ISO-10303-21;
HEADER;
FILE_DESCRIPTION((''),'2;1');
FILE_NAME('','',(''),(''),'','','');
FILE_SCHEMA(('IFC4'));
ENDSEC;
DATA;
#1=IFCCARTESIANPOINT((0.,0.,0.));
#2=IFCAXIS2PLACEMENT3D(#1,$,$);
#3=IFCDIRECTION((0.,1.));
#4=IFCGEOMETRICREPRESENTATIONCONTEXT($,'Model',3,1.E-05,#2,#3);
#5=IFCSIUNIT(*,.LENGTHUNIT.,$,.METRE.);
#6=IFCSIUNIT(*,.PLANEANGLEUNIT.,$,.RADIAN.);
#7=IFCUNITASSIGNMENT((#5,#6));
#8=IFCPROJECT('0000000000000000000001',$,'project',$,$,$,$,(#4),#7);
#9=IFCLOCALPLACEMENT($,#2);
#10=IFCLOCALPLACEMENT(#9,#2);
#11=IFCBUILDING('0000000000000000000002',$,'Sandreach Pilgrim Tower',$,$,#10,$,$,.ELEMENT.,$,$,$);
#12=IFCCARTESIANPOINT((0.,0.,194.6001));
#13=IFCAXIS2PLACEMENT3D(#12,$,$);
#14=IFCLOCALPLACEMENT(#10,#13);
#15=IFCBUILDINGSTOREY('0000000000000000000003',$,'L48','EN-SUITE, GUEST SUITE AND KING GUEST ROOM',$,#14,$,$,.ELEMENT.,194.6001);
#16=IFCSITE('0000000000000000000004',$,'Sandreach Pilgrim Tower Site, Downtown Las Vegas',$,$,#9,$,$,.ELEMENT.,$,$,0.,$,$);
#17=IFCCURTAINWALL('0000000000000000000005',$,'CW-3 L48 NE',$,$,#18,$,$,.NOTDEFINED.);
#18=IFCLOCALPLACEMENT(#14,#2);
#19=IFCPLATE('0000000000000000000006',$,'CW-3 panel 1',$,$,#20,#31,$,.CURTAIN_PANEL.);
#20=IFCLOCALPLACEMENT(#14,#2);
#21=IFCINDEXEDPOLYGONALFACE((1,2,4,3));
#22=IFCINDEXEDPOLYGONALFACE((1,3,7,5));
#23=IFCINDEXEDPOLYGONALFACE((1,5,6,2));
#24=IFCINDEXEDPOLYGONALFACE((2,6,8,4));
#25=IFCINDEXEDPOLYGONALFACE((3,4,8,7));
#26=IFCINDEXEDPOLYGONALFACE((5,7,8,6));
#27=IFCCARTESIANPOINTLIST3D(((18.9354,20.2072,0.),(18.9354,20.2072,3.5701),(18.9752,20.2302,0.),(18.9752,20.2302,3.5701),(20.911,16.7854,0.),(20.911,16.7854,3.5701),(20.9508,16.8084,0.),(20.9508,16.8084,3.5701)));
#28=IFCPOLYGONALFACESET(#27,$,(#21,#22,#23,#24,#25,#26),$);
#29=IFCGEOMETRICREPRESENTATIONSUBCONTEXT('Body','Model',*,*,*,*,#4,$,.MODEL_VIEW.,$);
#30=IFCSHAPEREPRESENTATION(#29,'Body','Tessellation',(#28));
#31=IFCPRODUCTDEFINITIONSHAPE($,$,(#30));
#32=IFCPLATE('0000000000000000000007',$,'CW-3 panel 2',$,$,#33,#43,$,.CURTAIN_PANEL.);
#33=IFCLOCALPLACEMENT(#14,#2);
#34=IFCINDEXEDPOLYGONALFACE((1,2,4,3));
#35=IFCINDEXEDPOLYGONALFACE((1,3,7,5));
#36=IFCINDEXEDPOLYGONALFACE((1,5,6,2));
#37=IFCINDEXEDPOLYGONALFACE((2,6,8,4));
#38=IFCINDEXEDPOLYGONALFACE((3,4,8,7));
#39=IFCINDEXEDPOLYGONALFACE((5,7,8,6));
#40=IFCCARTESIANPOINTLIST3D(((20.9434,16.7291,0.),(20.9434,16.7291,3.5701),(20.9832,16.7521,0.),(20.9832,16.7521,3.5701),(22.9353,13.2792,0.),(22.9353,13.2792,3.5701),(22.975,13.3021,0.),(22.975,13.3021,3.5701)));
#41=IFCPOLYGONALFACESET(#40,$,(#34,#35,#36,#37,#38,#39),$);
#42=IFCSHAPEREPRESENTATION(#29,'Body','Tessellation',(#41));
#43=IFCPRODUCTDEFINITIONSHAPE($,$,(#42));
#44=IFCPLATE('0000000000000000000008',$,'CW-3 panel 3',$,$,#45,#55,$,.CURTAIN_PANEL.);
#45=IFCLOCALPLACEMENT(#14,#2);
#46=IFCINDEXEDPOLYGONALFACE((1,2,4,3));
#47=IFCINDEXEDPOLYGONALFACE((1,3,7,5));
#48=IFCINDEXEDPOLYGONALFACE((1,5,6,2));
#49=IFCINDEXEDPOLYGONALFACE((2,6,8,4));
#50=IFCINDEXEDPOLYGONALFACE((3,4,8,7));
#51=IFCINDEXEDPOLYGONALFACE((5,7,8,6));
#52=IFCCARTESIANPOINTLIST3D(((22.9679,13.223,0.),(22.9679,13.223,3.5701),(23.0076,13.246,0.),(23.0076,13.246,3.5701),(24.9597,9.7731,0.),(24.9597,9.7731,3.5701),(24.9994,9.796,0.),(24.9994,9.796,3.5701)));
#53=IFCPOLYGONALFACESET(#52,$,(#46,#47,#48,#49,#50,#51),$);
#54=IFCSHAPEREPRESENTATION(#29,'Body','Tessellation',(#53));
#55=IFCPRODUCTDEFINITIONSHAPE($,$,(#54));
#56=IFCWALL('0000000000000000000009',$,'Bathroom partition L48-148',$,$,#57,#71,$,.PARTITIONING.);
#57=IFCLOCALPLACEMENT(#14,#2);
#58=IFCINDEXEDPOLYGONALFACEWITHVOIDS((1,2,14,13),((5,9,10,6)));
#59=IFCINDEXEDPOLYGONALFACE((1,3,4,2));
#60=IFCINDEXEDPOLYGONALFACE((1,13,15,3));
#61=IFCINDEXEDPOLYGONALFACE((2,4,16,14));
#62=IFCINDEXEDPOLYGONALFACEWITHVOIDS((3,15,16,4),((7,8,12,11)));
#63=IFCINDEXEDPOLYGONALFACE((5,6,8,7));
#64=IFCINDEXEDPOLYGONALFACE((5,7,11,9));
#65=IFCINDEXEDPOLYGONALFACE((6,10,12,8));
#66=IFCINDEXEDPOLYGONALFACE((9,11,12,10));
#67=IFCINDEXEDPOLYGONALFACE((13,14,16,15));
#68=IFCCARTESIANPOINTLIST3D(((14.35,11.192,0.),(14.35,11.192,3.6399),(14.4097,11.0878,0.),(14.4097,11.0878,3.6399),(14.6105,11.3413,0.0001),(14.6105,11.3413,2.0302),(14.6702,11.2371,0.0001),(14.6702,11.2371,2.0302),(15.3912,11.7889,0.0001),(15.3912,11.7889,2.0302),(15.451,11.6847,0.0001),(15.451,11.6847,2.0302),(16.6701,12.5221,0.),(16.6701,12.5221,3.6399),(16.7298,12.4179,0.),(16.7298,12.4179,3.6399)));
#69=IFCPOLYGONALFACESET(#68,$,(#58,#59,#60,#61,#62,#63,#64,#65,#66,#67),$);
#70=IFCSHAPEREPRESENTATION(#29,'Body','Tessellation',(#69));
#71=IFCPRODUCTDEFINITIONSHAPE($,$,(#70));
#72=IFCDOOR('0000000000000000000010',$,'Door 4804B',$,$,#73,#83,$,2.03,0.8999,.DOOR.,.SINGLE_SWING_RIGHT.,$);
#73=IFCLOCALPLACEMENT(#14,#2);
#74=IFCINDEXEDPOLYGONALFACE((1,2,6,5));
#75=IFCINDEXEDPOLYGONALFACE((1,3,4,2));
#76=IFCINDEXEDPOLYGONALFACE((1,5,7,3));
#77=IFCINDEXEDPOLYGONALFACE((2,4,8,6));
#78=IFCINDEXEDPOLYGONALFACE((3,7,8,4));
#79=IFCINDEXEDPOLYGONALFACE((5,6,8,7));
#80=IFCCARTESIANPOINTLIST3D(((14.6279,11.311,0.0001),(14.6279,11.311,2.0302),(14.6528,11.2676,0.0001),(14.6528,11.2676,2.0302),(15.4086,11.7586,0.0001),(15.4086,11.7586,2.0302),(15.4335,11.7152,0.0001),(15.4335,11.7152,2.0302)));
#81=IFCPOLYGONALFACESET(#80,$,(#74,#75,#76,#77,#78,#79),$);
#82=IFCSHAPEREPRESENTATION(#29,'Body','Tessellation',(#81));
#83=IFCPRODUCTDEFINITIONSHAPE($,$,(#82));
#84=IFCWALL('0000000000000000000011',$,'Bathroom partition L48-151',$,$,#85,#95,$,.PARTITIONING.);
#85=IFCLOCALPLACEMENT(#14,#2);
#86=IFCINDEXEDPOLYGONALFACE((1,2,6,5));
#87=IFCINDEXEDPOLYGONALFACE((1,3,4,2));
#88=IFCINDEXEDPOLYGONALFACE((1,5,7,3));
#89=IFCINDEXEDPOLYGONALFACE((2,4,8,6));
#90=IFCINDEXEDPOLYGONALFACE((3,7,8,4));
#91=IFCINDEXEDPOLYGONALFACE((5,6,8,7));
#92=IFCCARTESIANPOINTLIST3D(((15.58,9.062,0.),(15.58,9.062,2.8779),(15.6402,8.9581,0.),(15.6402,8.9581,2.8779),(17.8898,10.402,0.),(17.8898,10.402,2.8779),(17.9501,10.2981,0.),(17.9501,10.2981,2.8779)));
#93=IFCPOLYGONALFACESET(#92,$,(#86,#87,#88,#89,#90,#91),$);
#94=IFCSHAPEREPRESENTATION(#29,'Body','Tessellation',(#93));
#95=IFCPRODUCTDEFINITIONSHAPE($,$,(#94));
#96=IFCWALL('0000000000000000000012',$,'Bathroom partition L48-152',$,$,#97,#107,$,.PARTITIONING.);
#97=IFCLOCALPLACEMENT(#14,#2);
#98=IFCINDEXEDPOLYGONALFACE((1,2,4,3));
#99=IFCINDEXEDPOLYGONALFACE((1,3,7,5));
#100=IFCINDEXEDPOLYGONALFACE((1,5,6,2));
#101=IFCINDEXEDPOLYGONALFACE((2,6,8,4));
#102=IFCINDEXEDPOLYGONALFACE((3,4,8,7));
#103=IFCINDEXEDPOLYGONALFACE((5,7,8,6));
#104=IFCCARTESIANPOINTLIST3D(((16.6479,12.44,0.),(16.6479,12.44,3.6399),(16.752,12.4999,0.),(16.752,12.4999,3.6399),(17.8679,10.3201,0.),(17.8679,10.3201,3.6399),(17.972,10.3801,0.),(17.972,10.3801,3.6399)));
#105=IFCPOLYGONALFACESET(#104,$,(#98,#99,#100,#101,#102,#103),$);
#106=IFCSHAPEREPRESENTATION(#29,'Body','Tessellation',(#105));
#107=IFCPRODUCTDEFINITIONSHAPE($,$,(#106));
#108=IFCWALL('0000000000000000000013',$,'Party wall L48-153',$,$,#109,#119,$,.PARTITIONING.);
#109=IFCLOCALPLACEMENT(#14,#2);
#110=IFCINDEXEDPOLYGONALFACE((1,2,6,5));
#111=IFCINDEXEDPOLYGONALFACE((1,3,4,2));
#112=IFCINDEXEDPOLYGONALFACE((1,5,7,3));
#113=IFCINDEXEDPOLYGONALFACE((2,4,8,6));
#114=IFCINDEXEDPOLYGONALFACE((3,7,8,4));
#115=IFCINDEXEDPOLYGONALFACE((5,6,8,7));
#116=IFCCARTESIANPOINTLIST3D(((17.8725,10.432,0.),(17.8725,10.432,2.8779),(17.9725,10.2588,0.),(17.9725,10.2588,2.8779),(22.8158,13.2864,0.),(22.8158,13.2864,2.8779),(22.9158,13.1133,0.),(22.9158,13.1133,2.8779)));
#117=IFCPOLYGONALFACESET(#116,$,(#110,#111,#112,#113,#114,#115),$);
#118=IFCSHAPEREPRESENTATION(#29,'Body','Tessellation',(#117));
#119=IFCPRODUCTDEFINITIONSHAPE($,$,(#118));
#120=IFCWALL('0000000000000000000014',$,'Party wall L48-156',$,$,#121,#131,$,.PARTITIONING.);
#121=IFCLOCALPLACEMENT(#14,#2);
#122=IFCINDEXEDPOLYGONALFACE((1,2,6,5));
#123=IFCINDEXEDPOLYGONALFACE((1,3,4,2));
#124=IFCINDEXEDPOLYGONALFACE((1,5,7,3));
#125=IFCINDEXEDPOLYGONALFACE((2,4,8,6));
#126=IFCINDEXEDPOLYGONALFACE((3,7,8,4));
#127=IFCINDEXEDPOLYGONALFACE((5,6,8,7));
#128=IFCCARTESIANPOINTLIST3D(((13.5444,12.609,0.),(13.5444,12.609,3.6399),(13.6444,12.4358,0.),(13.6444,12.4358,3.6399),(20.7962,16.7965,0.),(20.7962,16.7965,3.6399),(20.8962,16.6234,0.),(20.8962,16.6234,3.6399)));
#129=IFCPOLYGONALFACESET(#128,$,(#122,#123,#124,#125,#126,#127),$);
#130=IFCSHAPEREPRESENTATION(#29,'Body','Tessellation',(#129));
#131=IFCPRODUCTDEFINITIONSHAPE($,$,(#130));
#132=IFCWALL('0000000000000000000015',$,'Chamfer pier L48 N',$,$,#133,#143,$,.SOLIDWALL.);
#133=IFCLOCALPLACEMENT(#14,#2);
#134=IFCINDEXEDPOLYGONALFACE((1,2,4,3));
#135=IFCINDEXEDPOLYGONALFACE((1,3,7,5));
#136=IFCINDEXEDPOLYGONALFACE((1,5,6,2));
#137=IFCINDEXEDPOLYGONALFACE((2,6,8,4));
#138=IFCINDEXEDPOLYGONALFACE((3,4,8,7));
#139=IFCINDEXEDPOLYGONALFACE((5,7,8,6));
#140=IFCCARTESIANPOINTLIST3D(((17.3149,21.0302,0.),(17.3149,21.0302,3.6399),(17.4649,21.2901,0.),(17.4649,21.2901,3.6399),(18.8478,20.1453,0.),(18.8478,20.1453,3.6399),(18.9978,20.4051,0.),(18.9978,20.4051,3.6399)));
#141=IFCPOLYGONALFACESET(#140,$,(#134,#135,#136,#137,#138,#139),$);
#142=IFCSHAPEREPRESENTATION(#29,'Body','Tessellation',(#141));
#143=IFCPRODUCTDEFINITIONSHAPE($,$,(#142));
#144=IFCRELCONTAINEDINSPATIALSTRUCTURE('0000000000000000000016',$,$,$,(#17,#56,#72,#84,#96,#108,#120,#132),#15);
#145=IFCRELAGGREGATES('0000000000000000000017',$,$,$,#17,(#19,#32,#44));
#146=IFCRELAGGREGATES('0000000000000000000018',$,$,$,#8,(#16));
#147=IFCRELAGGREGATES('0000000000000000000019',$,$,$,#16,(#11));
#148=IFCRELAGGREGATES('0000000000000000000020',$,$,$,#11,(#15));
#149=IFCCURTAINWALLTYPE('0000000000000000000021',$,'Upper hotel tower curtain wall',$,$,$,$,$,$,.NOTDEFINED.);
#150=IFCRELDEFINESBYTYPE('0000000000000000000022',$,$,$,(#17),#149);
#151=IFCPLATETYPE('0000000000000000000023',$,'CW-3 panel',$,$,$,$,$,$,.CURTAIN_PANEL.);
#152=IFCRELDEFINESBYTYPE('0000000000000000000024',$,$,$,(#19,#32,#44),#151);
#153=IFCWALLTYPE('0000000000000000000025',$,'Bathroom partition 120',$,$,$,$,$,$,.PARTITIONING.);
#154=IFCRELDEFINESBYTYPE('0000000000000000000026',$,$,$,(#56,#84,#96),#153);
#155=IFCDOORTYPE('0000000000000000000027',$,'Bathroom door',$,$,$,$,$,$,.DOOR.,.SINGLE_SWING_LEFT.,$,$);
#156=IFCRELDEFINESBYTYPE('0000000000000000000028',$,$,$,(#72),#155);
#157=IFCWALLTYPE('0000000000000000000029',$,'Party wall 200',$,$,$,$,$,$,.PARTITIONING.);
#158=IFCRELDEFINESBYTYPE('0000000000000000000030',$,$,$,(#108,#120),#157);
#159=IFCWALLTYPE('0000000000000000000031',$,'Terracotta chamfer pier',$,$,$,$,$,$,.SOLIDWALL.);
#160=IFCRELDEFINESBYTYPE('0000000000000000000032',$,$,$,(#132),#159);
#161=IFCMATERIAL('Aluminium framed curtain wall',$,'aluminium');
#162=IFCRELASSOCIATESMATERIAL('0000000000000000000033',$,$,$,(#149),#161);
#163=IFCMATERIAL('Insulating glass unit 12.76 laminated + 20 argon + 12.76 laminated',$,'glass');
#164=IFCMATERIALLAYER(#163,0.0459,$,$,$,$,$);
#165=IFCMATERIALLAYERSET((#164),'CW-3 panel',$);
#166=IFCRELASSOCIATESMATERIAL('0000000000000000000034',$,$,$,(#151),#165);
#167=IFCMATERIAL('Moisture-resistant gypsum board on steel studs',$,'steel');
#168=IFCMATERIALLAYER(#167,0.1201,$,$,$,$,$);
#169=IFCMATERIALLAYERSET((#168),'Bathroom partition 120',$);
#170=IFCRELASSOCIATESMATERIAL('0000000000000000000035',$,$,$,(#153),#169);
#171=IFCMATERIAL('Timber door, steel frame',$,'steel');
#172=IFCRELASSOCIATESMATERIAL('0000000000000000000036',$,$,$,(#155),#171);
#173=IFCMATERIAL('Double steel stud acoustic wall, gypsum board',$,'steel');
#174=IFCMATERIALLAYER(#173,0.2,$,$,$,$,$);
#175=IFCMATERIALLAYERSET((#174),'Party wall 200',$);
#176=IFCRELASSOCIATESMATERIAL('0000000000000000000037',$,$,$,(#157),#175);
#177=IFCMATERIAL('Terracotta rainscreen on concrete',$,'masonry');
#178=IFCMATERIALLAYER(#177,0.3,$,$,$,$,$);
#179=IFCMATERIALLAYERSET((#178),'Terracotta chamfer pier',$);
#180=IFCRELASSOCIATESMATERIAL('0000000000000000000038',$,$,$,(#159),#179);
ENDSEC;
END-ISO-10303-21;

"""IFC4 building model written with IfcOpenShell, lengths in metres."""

from ifc_helpers import new_model, si_unit, direction, frame, frame_2d, origin, origin_2d, place, context, subcontext, project, spatial, rectangle, extrude, material, layer, layer_set, type_object, element, fill, aggregate, save


model = new_model("IFC4")

# Units and contexts
model_context = context("Model", 3, precision=1e-05, world=origin(), true_north=direction((0.0, 1.0)))
body_context = subcontext(model_context, "Body", "Model", "MODEL_VIEW")
ifc_project = project(units=[si_unit("LENGTHUNIT", "METRE"), si_unit("PLANEANGLEUNIT", "RADIAN")], contexts=[model_context])

# Site, building, storey
site_placement = place(None, origin())
site = spatial("IfcSite", under=ifc_project, at=site_placement, Name="Sandreach Pilgrim Tower Site, Downtown Las Vegas", CompositionType="ELEMENT", RefElevation=0.0)
building_placement = place(site_placement, origin())
building = spatial("IfcBuilding", under=site, at=building_placement, Name="Sandreach Pilgrim Tower", CompositionType="ELEMENT")
storey_placement = place(building_placement, frame((0.0, 0.0, 194.6001)))
storey = spatial("IfcBuildingStorey", under=building, at=storey_placement, Name="L48", Description="EN-SUITE, GUEST SUITE AND KING GUEST ROOM", CompositionType="ELEMENT", Elevation=194.6001)

# Shared definitions
ifc_material_1 = material(Name="Aluminium framed curtain wall", Category="aluminium")
curtain_wall_type = type_object("IfcCurtainWallType", Name="Upper hotel tower curtain wall", PredefinedType="NOTDEFINED", material=ifc_material_1)

# Curtain wall
curtain_wall_1_placement = place(storey_placement, origin())
curtain_wall_1 = element("IfcCurtainWall", 1, at=curtain_wall_1_placement, inside=storey, type_object=curtain_wall_type, Name="CW-3 L48 NE", PredefinedType="NOTDEFINED")

# Plates
ifc_material_2 = material(Name="Insulating glass unit 12.76 laminated + 20 argon + 12.76 laminated", Category="glass")
ifc_layer_1 = layer(ifc_material_2, 0.0459)
ifc_layer_set_1 = layer_set([ifc_layer_1], Name="CW-3 panel")
plate_type = type_object("IfcPlateType", Name="CW-3 panel", PredefinedType="CURTAIN_PANEL", material=ifc_layer_set_1)
plate_1_placement = place(storey_placement, frame((19.9431, 18.5078, 0.0), z_axis=(0.0, 0.0, 1.0), x_axis=(0.5, -0.866025, 0.0)))
plate_1 = element("IfcPlate", 2, at=plate_1_placement, type_object=plate_type, Name="CW-3 panel 1", PredefinedType="CURTAIN_PANEL", context=body_context, shape_type="SweptSolid", body=[
    extrude(rectangle(XDim=3.9512, YDim=0.0459, at=origin_2d()), origin(), (0.0, 0.0, 1.0), 3.5701),
])
plate_2_placement = place(storey_placement, frame((21.9592, 15.0156, 0.0), z_axis=(0.0, 0.0, 1.0), x_axis=(0.5, -0.866025, 0.0)))
plate_2 = element("IfcPlate", 3, at=plate_2_placement, type_object=plate_type, Name="CW-3 panel 2", PredefinedType="CURTAIN_PANEL", context=body_context, shape_type="SweptSolid", body=[
    extrude(rectangle(XDim=3.9836, YDim=0.0459, at=origin_2d()), origin(), (0.0, 0.0, 1.0), 3.5701),
])
plate_3_placement = place(storey_placement, frame((23.9836, 11.5095, 0.0), z_axis=(0.0, 0.0, 1.0), x_axis=(0.5, -0.866025, 0.0)))
plate_3 = element("IfcPlate", 4, at=plate_3_placement, type_object=plate_type, Name="CW-3 panel 3", PredefinedType="CURTAIN_PANEL", context=body_context, shape_type="SweptSolid", body=[
    extrude(rectangle(XDim=3.9836, YDim=0.0459, at=origin_2d()), origin(), (0.0, 0.0, 1.0), 3.5701),
])
aggregate(curtain_wall_1, [plate_1, plate_2, plate_3])

# Wall, opening, door
ifc_material_3 = material(Name="Moisture-resistant gypsum board on steel studs", Category="steel")
ifc_layer_2 = layer(ifc_material_3, 0.1201)
ifc_layer_set_2 = layer_set([ifc_layer_2], Name="Bathroom partition 120")
wall_type_1 = type_object("IfcWallType", Name="Bathroom partition 120", PredefinedType="PARTITIONING", material=ifc_layer_set_2)
wall_1_placement = place(storey_placement, frame((16.7, 12.47, 0.0), z_axis=(0.0, 0.0, 1.0), x_axis=(-0.867546, -0.497358, 0.0)))
wall_1 = element("IfcWall", 5, at=wall_1_placement, inside=storey, type_object=wall_type_1, Name="Bathroom partition L48-148", PredefinedType="PARTITIONING", context=body_context, shape_type="SweptSolid", body=[
    extrude(rectangle(XDim=2.6743, YDim=0.1201, at=frame_2d((1.3372, 0.0))), origin(), (0.0, 0.0, 1.0), 3.6399),
])
opening_placement = place(wall_1_placement, frame((1.4741, 0.0, 0.0)))
opening = element("IfcOpeningElement", 6, at=opening_placement, cuts=wall_1, PredefinedType="OPENING", context=body_context, shape_type="SweptSolid", body=[
    extrude(rectangle(XDim=0.8999, YDim=2.03, at=frame_2d((0.45, 1.0151))), frame((0.0, 0.0601, 0.0), z_axis=(0.0, -1.0, 0.0), x_axis=(1.0, 0.0, 0.0)), (0.0, 0.0, 1.0), 0.1201),
])
ifc_material_4 = material(Name="Timber door, steel frame", Category="steel")
door_type = type_object("IfcDoorType", Name="Bathroom door", OperationType="SINGLE_SWING_LEFT", PredefinedType="DOOR", material=ifc_material_4)
door_placement = place(opening_placement, origin())
door = element("IfcDoor", 7, at=door_placement, inside=storey, type_object=door_type, Name="Door 4804B", OperationType="SINGLE_SWING_RIGHT", OverallHeight=2.03, OverallWidth=0.8999, PredefinedType="DOOR", context=body_context, shape_type="SweptSolid", body=[
    extrude(rectangle(XDim=0.8999, YDim=2.03, at=frame_2d((0.45, 1.0151))), frame((0.0, 0.0249, 0.0), z_axis=(0.0, -1.0, 0.0), x_axis=(1.0, 0.0, 0.0)), (0.0, 0.0, 1.0), 0.05),
])
fill(opening, door)

# Walls
wall_2_placement = place(storey_placement, frame((17.9199, 10.3501, 0.0), z_axis=(0.0, 0.0, 1.0), x_axis=(-0.864967, -0.501829, 0.0)))
element("IfcWall", 8, at=wall_2_placement, inside=storey, type_object=wall_type_1, Name="Bathroom partition L48-151", PredefinedType="PARTITIONING", context=body_context, shape_type="SweptSolid", body=[
    extrude(rectangle(XDim=2.6704, YDim=0.1201, at=frame_2d((1.3352, 0.0))), origin(), (0.0, 0.0, 1.0), 2.8779),
])
wall_3_placement = place(storey_placement, frame((17.9199, 10.3501, 0.0), z_axis=(0.0, 0.0, 1.0), x_axis=(-0.498792, 0.866722, 0.0)))
element("IfcWall", 9, at=wall_3_placement, inside=storey, type_object=wall_type_1, Name="Bathroom partition L48-152", PredefinedType="PARTITIONING", context=body_context, shape_type="SweptSolid", body=[
    extrude(rectangle(XDim=2.4458, YDim=0.1201, at=frame_2d((1.2229, 0.0))), origin(), (0.0, 0.0, 1.0), 3.6399),
])
ifc_material_5 = material(Name="Double steel stud acoustic wall, gypsum board", Category="steel")
ifc_layer_3 = layer(ifc_material_5, 0.2)
ifc_layer_set_3 = layer_set([ifc_layer_3], Name="Party wall 200")
wall_type_2 = type_object("IfcWallType", Name="Party wall 200", PredefinedType="PARTITIONING", material=ifc_layer_set_3)
wall_4_placement = place(storey_placement, frame((17.9226, 10.3455, 0.0), z_axis=(0.0, 0.0, 1.0), x_axis=(0.865992, 0.500058, 0.0)))
element("IfcWall", 10, at=wall_4_placement, inside=storey, type_object=wall_type_2, Name="Party wall L48-153", PredefinedType="PARTITIONING", context=body_context, shape_type="SweptSolid", body=[
    extrude(rectangle(XDim=5.7083, YDim=0.2, at=frame_2d((2.854, 0.0))), origin(), (0.0, 0.0, 1.0), 2.8779),
])
wall_5_placement = place(storey_placement, frame((20.8462, 16.71, 0.0), z_axis=(0.0, 0.0, 1.0), x_axis=(-0.865988, -0.500065, 0.0)))
element("IfcWall", 11, at=wall_5_placement, inside=storey, type_object=wall_type_2, Name="Party wall L48-156", PredefinedType="PARTITIONING", context=body_context, shape_type="SweptSolid", body=[
    extrude(rectangle(XDim=8.374, YDim=0.2, at=frame_2d((4.187, 0.0))), origin(), (0.0, 0.0, 1.0), 3.6399),
])
ifc_material_6 = material(Name="Terracotta rainscreen on concrete", Category="masonry")
ifc_layer_4 = layer(ifc_material_6, 0.3)
ifc_layer_set_4 = layer_set([ifc_layer_4], Name="Terracotta chamfer pier")
wall_type_3 = type_object("IfcWallType", Name="Terracotta chamfer pier", PredefinedType="SOLIDWALL", material=ifc_layer_set_4)
wall_6_placement = place(storey_placement, frame((17.3899, 21.1602, 0.0), z_axis=(0.0, 0.0, 1.0), x_axis=(0.866036, -0.499981, 0.0)))
element("IfcWall", 12, at=wall_6_placement, inside=storey, type_object=wall_type_3, Name="Chamfer pier L48 N", PredefinedType="SOLIDWALL", context=body_context, shape_type="SweptSolid", body=[
    extrude(rectangle(XDim=1.77, YDim=0.3, at=frame_2d((0.885, 0.0))), origin(), (0.0, 0.0, 1.0), 3.6399),
])

save(model, "model.ifc")
